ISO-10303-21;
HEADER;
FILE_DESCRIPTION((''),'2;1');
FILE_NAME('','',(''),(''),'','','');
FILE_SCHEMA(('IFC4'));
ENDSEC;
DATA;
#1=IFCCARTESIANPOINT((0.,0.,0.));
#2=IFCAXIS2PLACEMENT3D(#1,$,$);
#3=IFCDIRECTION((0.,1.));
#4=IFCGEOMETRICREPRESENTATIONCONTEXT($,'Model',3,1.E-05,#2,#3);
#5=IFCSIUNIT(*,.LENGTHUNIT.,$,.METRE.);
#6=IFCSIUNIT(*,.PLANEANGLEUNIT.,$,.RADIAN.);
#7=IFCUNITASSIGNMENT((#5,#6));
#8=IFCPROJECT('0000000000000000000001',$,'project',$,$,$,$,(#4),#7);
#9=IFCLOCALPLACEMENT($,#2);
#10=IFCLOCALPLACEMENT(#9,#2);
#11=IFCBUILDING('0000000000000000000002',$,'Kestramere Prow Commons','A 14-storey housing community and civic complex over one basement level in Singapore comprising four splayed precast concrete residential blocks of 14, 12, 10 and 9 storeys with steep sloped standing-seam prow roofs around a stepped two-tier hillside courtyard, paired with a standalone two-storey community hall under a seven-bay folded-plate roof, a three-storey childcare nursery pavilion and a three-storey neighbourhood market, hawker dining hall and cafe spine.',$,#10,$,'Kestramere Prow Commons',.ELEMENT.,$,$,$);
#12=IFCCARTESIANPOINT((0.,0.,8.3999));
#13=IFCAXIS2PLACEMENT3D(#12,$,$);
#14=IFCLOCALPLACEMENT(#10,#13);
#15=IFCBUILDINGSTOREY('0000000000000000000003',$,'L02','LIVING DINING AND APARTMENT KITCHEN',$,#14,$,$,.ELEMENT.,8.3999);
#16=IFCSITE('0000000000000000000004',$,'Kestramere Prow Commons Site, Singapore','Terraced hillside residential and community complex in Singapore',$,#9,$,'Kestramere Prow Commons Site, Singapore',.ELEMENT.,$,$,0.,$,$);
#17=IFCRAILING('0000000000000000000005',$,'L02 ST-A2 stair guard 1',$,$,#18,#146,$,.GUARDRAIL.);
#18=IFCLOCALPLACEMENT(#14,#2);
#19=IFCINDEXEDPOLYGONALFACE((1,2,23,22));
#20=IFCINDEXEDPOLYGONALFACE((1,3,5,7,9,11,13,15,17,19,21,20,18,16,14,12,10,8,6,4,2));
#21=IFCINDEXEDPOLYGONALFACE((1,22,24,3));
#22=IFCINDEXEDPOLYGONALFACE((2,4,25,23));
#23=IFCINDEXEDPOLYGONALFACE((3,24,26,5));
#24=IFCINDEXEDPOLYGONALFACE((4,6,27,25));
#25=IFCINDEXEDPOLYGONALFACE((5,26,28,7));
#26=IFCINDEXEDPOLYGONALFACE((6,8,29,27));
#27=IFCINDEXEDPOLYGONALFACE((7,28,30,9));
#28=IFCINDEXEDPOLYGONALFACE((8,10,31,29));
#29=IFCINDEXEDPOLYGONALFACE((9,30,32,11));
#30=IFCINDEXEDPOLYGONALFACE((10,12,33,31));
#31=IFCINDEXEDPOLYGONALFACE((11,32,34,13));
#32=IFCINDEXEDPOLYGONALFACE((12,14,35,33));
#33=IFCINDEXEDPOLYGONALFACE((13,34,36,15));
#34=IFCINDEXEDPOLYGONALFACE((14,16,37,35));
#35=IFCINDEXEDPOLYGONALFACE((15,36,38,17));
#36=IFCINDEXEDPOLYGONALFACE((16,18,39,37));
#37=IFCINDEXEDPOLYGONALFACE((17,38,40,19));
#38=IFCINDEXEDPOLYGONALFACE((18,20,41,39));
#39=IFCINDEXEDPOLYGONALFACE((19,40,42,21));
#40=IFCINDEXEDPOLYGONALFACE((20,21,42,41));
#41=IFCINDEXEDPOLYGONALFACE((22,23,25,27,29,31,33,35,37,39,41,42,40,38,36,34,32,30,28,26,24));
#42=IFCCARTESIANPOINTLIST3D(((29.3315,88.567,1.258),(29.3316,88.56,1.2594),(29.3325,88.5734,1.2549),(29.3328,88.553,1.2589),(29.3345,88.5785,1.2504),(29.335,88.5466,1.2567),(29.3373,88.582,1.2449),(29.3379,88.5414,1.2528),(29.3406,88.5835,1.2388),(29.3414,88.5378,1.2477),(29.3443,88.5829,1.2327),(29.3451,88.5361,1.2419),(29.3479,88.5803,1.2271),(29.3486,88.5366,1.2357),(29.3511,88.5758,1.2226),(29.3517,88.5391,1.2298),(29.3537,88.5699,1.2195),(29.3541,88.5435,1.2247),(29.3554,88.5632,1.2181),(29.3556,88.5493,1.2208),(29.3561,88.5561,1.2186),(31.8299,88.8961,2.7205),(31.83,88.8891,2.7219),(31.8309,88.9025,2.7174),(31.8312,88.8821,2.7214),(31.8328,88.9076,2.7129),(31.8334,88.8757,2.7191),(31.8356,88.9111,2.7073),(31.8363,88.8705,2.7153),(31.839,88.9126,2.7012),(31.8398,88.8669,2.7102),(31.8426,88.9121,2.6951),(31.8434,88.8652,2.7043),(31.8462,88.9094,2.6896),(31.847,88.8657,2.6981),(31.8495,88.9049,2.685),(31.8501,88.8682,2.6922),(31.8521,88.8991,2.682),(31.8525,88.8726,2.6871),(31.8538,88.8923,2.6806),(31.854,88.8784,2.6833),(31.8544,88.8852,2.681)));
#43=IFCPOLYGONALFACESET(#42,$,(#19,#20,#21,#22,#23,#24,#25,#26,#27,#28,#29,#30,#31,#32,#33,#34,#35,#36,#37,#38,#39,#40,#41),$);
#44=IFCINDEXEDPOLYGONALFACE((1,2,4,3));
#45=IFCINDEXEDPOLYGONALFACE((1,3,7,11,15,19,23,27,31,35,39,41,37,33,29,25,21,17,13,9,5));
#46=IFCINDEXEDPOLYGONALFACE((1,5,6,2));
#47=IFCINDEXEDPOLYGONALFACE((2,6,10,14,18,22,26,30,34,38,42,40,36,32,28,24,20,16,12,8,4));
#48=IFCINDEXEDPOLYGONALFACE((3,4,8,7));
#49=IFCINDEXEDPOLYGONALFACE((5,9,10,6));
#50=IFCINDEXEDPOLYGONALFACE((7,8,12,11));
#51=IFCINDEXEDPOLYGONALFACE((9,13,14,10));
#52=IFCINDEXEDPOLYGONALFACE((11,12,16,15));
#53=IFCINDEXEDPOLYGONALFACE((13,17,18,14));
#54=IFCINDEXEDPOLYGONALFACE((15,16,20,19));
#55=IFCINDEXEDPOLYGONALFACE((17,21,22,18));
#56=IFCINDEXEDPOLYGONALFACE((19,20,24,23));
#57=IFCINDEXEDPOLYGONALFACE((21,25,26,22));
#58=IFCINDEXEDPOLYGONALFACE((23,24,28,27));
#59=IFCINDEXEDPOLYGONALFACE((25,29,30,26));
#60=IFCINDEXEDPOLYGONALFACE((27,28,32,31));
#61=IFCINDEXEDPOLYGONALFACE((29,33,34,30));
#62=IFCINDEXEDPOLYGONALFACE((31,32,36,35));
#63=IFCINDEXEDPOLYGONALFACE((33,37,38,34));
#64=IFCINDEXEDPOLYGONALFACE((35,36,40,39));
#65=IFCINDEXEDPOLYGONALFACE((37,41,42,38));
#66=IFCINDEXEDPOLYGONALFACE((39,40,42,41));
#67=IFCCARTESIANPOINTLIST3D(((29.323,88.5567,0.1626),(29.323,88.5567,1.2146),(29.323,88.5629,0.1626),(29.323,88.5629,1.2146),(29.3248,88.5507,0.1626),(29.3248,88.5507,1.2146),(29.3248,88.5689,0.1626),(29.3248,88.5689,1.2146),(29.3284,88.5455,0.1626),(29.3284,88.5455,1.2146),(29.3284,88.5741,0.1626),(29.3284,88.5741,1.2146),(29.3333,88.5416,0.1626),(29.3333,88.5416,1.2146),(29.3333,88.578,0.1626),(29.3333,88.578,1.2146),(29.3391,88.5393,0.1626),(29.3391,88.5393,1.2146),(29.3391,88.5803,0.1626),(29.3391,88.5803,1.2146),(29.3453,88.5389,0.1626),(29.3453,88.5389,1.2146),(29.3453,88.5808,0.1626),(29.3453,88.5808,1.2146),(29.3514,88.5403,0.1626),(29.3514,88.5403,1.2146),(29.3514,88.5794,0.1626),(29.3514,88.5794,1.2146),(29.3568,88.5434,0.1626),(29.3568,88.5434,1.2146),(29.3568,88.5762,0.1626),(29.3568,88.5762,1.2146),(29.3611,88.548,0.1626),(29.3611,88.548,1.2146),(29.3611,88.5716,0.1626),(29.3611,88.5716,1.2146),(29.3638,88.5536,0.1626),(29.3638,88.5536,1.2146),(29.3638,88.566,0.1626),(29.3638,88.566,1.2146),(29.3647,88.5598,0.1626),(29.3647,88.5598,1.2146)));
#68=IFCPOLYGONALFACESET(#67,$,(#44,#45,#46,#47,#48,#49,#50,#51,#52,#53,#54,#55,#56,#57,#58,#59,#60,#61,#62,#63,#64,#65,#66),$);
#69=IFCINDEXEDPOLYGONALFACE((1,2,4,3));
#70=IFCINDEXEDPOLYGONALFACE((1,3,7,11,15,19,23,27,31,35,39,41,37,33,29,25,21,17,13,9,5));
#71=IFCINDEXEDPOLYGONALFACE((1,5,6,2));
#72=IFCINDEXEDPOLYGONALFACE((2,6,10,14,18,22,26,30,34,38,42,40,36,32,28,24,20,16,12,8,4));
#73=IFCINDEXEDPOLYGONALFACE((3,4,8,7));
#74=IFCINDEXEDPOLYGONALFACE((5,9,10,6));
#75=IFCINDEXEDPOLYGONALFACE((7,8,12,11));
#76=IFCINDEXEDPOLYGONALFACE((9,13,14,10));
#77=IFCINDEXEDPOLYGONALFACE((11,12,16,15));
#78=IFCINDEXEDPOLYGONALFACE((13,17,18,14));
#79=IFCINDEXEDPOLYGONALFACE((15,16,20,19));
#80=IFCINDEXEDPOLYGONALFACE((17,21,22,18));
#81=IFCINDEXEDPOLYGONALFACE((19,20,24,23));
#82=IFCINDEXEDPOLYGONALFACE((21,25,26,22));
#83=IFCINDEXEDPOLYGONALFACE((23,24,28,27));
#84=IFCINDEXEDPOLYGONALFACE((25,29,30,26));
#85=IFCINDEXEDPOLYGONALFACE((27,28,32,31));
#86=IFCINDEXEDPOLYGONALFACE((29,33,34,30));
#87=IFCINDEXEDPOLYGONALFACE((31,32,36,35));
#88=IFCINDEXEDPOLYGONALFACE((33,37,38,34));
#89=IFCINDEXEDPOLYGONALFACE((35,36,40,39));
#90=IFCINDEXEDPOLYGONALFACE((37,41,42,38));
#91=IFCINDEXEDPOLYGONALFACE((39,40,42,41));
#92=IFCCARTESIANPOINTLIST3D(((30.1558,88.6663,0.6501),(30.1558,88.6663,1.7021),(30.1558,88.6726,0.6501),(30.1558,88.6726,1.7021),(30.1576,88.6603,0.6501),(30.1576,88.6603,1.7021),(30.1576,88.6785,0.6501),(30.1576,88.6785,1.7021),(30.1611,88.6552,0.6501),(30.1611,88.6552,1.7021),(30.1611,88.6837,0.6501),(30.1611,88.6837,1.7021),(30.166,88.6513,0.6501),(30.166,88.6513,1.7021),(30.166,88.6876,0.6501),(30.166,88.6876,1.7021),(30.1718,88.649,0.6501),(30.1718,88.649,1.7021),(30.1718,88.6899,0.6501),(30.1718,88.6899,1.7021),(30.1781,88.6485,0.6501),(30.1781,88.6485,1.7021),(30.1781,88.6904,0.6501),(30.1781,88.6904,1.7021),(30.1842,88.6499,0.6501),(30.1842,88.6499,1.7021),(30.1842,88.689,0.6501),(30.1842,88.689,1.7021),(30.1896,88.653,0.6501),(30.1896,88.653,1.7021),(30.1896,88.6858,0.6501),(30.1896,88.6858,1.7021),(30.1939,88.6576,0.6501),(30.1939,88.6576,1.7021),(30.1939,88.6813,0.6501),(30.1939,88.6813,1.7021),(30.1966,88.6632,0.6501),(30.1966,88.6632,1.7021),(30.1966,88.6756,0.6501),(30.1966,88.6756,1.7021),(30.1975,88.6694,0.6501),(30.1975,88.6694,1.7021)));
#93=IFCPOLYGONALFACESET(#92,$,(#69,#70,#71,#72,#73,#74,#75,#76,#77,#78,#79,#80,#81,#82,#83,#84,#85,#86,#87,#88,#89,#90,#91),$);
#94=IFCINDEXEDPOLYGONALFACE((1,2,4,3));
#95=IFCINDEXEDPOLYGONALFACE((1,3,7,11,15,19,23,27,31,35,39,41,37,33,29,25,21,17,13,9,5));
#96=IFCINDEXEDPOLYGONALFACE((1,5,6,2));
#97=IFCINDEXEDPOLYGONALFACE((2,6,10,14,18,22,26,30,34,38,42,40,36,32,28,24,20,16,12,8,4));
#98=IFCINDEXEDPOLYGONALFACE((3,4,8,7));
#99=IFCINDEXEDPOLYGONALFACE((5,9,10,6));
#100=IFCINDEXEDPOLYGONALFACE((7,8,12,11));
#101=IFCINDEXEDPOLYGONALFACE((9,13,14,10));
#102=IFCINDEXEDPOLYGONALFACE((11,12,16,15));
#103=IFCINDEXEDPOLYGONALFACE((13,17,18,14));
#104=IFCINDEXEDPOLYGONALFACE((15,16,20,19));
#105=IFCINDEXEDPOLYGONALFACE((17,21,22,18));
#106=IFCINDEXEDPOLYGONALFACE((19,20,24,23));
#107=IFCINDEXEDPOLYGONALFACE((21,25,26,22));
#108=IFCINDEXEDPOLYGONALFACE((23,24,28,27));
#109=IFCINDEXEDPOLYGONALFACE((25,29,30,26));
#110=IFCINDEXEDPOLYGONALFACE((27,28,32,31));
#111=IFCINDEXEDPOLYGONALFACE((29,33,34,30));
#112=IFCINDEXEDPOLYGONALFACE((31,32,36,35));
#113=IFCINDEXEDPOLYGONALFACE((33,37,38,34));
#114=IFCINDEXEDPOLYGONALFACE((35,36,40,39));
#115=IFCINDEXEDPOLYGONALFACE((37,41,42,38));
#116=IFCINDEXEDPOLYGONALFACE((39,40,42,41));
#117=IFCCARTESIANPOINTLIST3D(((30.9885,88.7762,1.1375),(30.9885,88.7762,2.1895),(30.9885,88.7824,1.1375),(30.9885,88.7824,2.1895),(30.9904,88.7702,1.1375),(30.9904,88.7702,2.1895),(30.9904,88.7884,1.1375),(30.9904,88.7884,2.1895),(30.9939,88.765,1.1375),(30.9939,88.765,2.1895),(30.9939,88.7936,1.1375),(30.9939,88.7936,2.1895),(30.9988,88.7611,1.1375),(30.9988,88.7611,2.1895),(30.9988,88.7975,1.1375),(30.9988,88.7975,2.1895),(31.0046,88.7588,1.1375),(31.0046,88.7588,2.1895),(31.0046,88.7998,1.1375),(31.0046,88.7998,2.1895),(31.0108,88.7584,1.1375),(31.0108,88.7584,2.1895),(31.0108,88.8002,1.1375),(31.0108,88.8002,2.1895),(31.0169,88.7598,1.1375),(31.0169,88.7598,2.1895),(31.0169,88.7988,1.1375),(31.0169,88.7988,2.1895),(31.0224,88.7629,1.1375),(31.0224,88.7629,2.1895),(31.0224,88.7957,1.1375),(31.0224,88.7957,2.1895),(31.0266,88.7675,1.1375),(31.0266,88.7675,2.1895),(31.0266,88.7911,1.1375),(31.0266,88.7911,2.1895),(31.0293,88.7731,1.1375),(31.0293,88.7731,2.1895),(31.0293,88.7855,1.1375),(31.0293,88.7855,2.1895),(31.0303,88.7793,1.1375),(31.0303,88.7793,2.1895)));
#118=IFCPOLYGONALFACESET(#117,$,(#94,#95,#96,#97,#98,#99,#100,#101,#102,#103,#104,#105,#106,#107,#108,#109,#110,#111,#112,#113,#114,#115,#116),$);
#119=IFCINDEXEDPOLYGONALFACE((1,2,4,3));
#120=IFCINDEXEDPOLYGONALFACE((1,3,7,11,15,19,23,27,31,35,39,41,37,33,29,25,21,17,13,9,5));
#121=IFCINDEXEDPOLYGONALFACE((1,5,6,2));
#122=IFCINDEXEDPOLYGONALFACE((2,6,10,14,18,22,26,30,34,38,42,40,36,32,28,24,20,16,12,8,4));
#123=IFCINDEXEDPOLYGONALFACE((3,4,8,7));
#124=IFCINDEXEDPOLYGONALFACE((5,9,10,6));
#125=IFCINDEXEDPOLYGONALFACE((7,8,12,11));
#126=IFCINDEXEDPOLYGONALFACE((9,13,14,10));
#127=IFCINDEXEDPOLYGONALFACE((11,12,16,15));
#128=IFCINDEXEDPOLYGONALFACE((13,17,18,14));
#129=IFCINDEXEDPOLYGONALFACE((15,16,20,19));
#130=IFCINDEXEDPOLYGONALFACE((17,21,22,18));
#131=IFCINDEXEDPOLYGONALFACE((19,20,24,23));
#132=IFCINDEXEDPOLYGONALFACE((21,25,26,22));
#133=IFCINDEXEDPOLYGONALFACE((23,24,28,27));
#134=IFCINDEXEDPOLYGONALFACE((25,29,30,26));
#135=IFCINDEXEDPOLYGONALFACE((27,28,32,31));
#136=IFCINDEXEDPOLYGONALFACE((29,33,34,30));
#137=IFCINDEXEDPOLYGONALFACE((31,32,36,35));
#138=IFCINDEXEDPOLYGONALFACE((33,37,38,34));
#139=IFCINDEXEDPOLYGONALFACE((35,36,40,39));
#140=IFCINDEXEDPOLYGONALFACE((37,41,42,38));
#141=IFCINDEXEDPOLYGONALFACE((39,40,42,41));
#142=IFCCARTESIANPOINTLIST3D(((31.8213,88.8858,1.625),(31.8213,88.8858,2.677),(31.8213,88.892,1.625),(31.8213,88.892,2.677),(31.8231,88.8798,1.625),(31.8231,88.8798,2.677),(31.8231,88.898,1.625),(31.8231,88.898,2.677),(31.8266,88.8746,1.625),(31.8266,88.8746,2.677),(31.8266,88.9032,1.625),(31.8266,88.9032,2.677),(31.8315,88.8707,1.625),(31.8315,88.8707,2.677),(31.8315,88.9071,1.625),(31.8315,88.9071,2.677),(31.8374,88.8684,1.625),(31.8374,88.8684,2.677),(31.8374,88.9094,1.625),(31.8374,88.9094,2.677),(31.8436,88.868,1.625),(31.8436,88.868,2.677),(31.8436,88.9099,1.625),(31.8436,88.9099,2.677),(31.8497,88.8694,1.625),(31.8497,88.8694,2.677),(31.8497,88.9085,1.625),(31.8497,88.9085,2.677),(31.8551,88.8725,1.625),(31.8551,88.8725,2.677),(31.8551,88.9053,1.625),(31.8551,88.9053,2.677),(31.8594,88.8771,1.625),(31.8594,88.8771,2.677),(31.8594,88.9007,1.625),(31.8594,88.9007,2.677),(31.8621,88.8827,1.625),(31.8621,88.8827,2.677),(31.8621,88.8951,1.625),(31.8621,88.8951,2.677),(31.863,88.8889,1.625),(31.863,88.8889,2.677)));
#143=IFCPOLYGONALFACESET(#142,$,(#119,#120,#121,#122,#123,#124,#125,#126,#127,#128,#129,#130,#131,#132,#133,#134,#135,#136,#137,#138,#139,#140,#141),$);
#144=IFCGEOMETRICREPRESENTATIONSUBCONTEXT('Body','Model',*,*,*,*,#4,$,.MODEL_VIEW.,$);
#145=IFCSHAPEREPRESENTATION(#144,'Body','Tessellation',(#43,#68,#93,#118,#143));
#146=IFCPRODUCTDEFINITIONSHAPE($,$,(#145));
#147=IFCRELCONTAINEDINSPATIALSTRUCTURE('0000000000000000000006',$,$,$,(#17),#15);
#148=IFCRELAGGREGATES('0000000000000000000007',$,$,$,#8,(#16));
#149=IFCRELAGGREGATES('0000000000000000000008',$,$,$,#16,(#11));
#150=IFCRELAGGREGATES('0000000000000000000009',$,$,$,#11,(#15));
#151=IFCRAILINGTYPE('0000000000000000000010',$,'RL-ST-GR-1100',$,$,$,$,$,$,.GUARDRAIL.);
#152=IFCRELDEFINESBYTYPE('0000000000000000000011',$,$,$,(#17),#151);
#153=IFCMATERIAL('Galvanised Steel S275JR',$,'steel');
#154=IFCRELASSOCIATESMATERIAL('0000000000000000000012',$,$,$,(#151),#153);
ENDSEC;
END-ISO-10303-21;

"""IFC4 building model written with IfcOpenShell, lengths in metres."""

from ifc_helpers import new_model, si_unit, direction, frame, origin, origin_2d, place, context, subcontext, project, spatial, circle, extrude, material, type_object, element, save


model = new_model("IFC4")

# Units and contexts
model_context = context("Model", 3, precision=1e-05, world=origin(), true_north=direction((0.0, 1.0)))
body_context = subcontext(model_context, "Body", "Model", "MODEL_VIEW")
ifc_project = project(units=[si_unit("LENGTHUNIT", "METRE"), si_unit("PLANEANGLEUNIT", "RADIAN")], contexts=[model_context])

# Site, building, storey
site_placement = place(None, origin())
site = spatial("IfcSite", under=ifc_project, at=site_placement, Name="Kestramere Prow Commons Site, Singapore", Description="Terraced hillside residential and community complex in Singapore", LongName="Kestramere Prow Commons Site, Singapore", CompositionType="ELEMENT", RefElevation=0.0)
building_placement = place(site_placement, origin())
building = spatial("IfcBuilding", under=site, at=building_placement, Name="Kestramere Prow Commons", Description="A 14-storey housing community and civic complex over one basement level in Singapore comprising four splayed precast concrete residential blocks of 14, 12, 10 and 9 storeys with steep sloped standing-seam prow roofs around a stepped two-tier hillside courtyard, paired with a standalone two-storey community hall under a seven-bay folded-plate roof, a three-storey childcare nursery pavilion and a three-storey neighbourhood market, hawker dining hall and cafe spine.", LongName="Kestramere Prow Commons", CompositionType="ELEMENT")
storey_placement = place(building_placement, frame((0.0, 0.0, 8.3999)))
storey = spatial("IfcBuildingStorey", under=building, at=storey_placement, Name="L02", Description="LIVING DINING AND APARTMENT KITCHEN", CompositionType="ELEMENT", Elevation=8.3999)

# Railing
ifc_material_1 = material(Name="Galvanised Steel S275JR", Category="steel")
railing_type_1 = type_object("IfcRailingType", Name="RL-ST-GR-1100", PredefinedType="GUARDRAIL", material=ifc_material_1)
railing_1_placement = place(storey_placement, frame((29.3438, 88.5598, 0.1626)))
element("IfcRailing", 1, at=railing_1_placement, inside=storey, type_object=railing_type_1, Name="L02 ST-A2 stair guard 1", PredefinedType="GUARDRAIL", context=body_context, shape_type="SweptSolid", body=[
    extrude(circle(Radius=0.0239, at=origin_2d()), frame((0.0, 0.0, 1.0762), z_axis=(0.857493, 0.112958, 0.501943), x_axis=(-0.130602, 0.991435, 0.0)), (0.0, 0.0, 1.0), 2.9136),
    extrude(circle(Radius=0.021, at=origin_2d()), origin(), (0.0, 0.0, 1.0), 1.052),
    extrude(circle(Radius=0.021, at=origin_2d()), frame((0.8328, 0.1096, 0.4875)), (0.0, 0.0, 1.0), 1.052),
    extrude(circle(Radius=0.021, at=origin_2d()), frame((1.6655, 0.2195, 0.9749)), (0.0, 0.0, 1.0), 1.052),
    extrude(circle(Radius=0.021, at=origin_2d()), frame((2.4983, 0.3291, 1.4624)), (0.0, 0.0, 1.0), 1.052),
])

save(model, "model.ifc")
